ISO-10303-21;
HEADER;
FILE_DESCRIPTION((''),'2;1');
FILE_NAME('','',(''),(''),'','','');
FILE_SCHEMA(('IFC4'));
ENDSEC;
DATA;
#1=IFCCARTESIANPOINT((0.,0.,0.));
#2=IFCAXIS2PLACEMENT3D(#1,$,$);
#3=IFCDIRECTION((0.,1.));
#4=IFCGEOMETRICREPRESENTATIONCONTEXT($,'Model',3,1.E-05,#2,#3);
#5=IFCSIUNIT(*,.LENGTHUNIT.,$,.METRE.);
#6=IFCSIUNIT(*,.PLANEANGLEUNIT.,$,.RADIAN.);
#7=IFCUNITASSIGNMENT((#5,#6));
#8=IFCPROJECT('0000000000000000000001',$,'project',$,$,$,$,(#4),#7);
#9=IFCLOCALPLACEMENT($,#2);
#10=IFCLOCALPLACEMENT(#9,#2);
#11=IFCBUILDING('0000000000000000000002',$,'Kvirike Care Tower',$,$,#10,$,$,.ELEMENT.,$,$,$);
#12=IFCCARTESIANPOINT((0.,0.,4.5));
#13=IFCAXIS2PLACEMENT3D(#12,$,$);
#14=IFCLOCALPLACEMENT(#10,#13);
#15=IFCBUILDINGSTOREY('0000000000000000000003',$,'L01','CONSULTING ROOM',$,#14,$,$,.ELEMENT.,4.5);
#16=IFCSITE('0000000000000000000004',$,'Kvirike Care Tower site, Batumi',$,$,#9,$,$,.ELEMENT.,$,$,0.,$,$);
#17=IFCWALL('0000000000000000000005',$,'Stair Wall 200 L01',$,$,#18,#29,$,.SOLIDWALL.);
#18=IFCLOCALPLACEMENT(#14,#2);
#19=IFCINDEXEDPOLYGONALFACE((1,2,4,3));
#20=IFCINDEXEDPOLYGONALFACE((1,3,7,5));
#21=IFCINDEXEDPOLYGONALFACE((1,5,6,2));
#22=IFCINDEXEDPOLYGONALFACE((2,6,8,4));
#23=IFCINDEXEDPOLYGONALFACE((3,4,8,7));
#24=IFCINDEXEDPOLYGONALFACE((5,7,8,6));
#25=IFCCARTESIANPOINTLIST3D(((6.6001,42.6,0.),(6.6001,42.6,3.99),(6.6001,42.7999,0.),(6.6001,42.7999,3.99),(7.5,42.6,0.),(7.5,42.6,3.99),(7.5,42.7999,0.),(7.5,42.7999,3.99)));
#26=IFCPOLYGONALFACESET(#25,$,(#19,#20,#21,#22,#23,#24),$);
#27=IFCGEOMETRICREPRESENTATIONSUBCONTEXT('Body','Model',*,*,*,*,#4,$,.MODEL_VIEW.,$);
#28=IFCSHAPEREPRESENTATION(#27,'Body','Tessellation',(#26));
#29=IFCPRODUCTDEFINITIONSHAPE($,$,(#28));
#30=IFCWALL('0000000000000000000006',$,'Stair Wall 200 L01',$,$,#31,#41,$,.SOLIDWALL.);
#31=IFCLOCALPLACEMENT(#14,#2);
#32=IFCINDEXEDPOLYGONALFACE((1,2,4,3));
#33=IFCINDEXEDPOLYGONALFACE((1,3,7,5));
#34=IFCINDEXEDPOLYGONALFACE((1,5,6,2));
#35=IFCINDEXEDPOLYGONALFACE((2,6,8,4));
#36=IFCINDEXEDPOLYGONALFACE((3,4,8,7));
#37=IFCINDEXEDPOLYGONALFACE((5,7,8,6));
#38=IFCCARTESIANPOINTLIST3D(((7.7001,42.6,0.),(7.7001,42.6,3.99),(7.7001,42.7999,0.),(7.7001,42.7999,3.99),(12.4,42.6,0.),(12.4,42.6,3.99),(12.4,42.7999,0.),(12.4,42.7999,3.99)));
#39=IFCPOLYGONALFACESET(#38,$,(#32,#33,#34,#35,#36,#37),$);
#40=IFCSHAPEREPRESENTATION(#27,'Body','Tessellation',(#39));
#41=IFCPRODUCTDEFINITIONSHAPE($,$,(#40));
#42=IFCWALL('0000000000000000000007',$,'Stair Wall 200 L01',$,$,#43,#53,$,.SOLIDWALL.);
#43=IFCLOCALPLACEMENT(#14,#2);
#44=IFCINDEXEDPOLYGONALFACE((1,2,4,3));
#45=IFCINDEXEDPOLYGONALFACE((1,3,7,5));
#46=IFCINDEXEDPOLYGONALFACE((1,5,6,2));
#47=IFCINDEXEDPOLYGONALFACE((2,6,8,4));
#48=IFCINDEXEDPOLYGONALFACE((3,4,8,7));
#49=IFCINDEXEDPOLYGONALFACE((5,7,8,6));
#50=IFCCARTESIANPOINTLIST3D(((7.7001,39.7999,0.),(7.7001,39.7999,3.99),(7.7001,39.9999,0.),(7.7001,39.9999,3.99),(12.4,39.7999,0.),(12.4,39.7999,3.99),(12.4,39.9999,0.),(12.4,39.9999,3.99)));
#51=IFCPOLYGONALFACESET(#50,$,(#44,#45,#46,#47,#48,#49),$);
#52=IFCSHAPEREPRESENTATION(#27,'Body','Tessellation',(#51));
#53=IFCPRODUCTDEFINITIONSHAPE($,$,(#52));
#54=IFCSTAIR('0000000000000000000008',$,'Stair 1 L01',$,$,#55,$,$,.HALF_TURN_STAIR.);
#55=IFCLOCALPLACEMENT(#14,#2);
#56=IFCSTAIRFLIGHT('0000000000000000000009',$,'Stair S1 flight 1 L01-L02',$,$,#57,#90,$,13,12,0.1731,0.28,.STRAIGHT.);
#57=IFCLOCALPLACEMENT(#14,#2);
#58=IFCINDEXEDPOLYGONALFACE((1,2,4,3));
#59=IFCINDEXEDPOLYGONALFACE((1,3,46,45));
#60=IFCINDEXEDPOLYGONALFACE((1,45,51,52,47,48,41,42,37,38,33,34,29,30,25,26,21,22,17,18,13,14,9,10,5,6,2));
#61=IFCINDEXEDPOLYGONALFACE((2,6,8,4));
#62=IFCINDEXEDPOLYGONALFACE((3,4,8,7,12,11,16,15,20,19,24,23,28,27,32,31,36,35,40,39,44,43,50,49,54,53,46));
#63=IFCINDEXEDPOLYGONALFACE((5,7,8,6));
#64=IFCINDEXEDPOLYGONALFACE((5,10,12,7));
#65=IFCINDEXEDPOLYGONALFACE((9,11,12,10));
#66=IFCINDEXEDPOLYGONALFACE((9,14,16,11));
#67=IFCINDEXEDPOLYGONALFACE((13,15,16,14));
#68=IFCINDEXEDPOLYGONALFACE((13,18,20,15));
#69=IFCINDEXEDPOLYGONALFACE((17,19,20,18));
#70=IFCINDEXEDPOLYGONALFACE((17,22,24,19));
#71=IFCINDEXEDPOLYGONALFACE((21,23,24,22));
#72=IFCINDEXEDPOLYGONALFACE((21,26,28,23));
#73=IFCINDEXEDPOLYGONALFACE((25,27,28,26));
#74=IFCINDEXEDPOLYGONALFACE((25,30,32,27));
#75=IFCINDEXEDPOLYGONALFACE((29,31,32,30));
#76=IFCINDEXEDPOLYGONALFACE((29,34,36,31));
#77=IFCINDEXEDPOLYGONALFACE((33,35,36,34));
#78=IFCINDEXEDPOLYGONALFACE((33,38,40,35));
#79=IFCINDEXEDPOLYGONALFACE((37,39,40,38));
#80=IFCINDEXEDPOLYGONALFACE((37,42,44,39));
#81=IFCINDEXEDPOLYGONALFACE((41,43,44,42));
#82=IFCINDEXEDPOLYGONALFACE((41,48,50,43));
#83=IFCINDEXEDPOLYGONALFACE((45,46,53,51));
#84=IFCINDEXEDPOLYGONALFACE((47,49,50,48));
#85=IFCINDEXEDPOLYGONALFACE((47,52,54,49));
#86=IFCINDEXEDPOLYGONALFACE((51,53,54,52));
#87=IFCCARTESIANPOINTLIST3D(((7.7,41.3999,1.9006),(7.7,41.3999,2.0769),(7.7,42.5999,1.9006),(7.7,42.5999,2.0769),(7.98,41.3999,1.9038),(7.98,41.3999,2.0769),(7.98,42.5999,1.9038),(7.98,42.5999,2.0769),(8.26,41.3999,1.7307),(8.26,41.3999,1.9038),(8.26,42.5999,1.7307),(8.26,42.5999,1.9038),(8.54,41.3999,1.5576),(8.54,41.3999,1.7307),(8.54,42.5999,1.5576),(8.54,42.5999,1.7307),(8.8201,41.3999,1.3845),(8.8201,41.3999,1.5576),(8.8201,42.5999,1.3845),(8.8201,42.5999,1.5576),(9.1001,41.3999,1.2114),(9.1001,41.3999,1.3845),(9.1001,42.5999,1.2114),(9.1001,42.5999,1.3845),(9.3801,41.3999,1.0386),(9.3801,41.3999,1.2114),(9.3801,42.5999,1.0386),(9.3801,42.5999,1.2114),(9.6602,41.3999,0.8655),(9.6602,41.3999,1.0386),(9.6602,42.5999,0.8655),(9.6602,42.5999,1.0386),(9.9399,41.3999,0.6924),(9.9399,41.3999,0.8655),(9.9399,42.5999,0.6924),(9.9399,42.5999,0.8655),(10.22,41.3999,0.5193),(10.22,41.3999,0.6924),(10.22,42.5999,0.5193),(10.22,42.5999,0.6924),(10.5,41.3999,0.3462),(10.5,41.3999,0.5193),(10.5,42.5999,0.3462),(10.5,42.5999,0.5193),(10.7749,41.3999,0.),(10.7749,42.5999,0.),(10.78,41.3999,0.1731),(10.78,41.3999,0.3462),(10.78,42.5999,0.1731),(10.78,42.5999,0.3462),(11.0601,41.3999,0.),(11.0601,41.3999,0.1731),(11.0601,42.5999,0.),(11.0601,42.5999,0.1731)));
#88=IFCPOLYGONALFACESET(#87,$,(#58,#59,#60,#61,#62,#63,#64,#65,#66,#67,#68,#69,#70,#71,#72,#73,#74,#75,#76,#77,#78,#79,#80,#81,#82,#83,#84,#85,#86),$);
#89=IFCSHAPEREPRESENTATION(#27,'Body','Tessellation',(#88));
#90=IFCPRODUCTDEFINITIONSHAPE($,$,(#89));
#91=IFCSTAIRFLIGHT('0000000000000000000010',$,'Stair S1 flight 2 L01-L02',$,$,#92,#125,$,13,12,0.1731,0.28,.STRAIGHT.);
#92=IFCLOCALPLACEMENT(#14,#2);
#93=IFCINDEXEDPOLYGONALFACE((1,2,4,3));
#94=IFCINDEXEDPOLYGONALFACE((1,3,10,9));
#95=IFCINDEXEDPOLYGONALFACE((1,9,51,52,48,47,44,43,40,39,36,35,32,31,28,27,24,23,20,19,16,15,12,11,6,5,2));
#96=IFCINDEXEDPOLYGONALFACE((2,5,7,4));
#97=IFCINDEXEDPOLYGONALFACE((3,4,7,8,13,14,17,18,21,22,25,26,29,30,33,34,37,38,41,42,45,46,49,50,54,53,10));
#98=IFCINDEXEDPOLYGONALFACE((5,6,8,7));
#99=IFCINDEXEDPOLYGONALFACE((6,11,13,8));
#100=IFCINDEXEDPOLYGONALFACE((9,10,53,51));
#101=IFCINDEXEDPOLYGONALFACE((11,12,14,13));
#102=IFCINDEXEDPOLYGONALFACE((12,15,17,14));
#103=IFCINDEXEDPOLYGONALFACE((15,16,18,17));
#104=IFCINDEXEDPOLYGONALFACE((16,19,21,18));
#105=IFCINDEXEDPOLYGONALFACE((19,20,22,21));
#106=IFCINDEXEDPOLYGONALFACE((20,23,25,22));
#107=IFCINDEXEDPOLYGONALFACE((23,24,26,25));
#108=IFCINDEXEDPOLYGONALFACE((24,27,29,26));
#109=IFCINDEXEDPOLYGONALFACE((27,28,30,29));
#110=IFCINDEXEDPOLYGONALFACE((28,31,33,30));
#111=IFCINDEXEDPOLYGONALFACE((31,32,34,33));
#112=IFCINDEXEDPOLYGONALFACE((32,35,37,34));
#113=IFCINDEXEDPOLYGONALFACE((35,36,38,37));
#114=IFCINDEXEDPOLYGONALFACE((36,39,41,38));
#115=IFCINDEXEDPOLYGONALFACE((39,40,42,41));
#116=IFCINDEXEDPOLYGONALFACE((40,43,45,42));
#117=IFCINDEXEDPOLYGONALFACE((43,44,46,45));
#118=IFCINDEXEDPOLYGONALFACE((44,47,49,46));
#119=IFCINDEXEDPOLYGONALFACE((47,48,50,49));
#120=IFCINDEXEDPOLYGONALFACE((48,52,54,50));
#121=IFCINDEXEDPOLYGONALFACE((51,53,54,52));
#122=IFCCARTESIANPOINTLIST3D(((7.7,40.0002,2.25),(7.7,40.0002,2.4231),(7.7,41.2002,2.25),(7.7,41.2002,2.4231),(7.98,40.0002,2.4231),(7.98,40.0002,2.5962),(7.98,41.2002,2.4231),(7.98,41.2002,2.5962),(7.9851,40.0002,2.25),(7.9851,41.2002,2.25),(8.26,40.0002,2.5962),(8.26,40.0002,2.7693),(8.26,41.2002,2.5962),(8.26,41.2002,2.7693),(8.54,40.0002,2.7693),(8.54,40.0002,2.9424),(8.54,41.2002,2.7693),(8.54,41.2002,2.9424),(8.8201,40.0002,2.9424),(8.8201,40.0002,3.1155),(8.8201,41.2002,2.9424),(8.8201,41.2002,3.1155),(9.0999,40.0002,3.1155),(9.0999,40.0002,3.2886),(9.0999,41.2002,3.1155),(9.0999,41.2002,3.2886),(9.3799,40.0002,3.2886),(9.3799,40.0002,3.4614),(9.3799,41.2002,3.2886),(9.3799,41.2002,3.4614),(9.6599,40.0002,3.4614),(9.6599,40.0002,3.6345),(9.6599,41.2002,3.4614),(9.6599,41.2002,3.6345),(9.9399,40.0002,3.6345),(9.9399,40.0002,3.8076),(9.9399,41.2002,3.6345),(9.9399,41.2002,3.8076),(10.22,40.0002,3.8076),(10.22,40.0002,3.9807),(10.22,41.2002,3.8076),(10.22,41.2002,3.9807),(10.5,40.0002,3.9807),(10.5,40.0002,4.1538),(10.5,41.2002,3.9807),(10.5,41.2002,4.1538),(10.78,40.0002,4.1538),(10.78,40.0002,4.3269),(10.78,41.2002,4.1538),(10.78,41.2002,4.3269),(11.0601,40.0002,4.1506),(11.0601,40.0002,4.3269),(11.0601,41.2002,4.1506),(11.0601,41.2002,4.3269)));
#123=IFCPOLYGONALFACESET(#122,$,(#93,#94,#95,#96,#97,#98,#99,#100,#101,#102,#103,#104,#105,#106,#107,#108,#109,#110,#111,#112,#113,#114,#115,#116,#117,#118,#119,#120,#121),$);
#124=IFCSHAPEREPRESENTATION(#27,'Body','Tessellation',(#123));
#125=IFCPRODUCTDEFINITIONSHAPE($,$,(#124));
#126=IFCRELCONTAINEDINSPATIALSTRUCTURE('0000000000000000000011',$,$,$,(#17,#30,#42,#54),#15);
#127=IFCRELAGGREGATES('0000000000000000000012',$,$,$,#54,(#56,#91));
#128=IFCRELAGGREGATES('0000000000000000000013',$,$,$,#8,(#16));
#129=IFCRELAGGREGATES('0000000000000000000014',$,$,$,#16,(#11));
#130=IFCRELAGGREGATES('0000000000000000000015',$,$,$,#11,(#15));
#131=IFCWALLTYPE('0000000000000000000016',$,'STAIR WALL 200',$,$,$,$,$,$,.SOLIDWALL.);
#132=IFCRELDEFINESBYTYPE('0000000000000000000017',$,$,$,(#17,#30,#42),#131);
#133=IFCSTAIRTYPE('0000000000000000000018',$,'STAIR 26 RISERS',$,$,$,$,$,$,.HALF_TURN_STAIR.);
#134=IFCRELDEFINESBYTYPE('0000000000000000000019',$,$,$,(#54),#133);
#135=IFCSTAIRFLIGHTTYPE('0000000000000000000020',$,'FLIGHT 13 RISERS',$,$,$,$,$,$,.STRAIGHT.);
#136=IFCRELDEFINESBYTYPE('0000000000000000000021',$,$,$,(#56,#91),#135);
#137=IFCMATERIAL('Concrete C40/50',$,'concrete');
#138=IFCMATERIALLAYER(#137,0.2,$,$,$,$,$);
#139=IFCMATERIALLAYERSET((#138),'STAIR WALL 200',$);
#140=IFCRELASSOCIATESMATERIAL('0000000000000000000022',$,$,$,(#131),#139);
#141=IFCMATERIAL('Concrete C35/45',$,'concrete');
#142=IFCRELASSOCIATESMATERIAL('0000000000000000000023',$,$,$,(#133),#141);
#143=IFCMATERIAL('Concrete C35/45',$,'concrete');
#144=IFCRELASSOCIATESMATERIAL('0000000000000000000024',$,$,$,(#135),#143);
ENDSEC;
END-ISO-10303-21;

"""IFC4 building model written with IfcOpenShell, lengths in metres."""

from ifc_helpers import new_model, si_unit, direction, frame, frame_2d, origin, place, context, subcontext, project, spatial, polyline, rectangle, outline, extrude, material, layer, layer_set, type_object, element, aggregate, save


model = new_model("IFC4")

# Units and contexts
model_context = context("Model", 3, precision=1e-05, world=origin(), true_north=direction((0.0, 1.0)))
body_context = subcontext(model_context, "Body", "Model", "MODEL_VIEW")
ifc_project = project(units=[si_unit("LENGTHUNIT", "METRE"), si_unit("PLANEANGLEUNIT", "RADIAN")], contexts=[model_context])

# Site, building, storey
site_placement = place(None, origin())
site = spatial("IfcSite", under=ifc_project, at=site_placement, Name="Kvirike Care Tower site, Batumi", CompositionType="ELEMENT", RefElevation=0.0)
building_placement = place(site_placement, origin())
building = spatial("IfcBuilding", under=site, at=building_placement, Name="Kvirike Care Tower", CompositionType="ELEMENT")
storey_placement = place(building_placement, frame((0.0, 0.0, 4.5)))
storey = spatial("IfcBuildingStorey", under=building, at=storey_placement, Name="L01", Description="CONSULTING ROOM", CompositionType="ELEMENT", Elevation=4.5)

# Walls
ifc_material_1 = material(Name="Concrete C40/50", Category="concrete")
ifc_layer_1 = layer(ifc_material_1, 0.2)
ifc_layer_set_1 = layer_set([ifc_layer_1], Name="STAIR WALL 200")
wall_type_1 = type_object("IfcWallType", Name="STAIR WALL 200", PredefinedType="SOLIDWALL", material=ifc_layer_set_1)
wall_1_placement = place(storey_placement, frame((6.6001, 42.7, 0.0), z_axis=(0.0, 0.0, 1.0), x_axis=(1.0, 0.0, 0.0)))
element("IfcWall", 1, at=wall_1_placement, inside=storey, type_object=wall_type_1, Name="Stair Wall 200 L01", PredefinedType="SOLIDWALL", context=body_context, shape_type="SweptSolid", body=[
    extrude(rectangle(XDim=0.8999, YDim=0.2, at=frame_2d((0.45, 0.0))), origin(), (0.0, 0.0, 1.0), 3.99),
])
for number, where, z_axis, x_axis, name in (
    (2, (7.7, 42.7, 0.0), (0.0, 0.0, 1.0), (1.0, 0.0, 0.0), "Stair Wall 200 L01"),
    (3, (7.7, 39.8999, 0.0), (0.0, 0.0, 1.0), (1.0, 0.0, 0.0), "Stair Wall 200 L01"),
):
    element("IfcWall", number, at=place(storey_placement, frame(where, z_axis=z_axis, x_axis=x_axis)), inside=storey, type_object=wall_type_1, Name=name, PredefinedType="SOLIDWALL", context=body_context, shape_type="SweptSolid", body=[
        extrude(rectangle(XDim=4.7, YDim=0.2, at=frame_2d((2.3501, 0.0))), origin(), (0.0, 0.0, 1.0), 3.99),
    ])

# Stair, stair flights
ifc_material_2 = material(Name="Concrete C35/45", Category="concrete")
stair_type = type_object("IfcStairType", Name="STAIR 26 RISERS", PredefinedType="HALF_TURN_STAIR", material=ifc_material_2)
stair_placement = place(storey_placement, origin())
stair = element("IfcStair", 4, at=stair_placement, inside=storey, type_object=stair_type, Name="Stair 1 L01", PredefinedType="HALF_TURN_STAIR")
ifc_material_3 = material(Name="Concrete C35/45", Category="concrete")
stair_flight_type = type_object("IfcStairFlightType", Name="FLIGHT 13 RISERS", PredefinedType="STRAIGHT", material=ifc_material_3)
stair_flight_1_placement = place(storey_placement, frame((11.0601, 42.0, 0.0), z_axis=(0.0, 0.0, 1.0), x_axis=(-1.0, 0.0, 0.0)))
stair_flight_1 = element("IfcStairFlight", 5, at=stair_flight_1_placement, type_object=stair_flight_type, Name="Stair S1 flight 1 L01-L02", NumberOfRisers=13, NumberOfTreads=12, PredefinedType="STRAIGHT", RiserHeight=0.1731, TreadLength=0.28, context=body_context, shape_type="SweptSolid", body=[
    extrude(outline(polyline([(0.0, 0.0), (0.0, 0.1731), (0.28, 0.1731), (0.28, 0.3462), (0.5601, 0.3462), (0.5601, 0.5193), (0.8401, 0.5193), (0.8401, 0.6924), (1.1201, 0.6924), (1.1201, 0.8655), (1.3999, 0.8655), (1.3999, 1.0386), (1.6799, 1.0386), (1.6799, 1.2114), (1.96, 1.2114), (1.96, 1.3845), (2.24, 1.3845), (2.24, 1.5576), (2.52, 1.5576), (2.52, 1.7307), (2.8, 1.7307), (2.8, 1.9038), (3.0801, 1.9038), (3.0801, 2.0769), (3.3601, 2.0769), (3.3601, 2.25), (3.3601, 1.9006), (0.2852, 0.0), (0.0, 0.0)])), frame((0.0, 0.6001, 0.0), z_axis=(0.0, -1.0, 0.0), x_axis=(1.0, 0.0, 0.0)), (0.0, 0.0, 1.0), 1.2),
])
stair_flight_2_placement = place(storey_placement, frame((7.7, 40.6001, 2.25), z_axis=(0.0, 0.0, 1.0), x_axis=(1.0, 0.0, 0.0)))
stair_flight_2 = element("IfcStairFlight", 6, at=stair_flight_2_placement, type_object=stair_flight_type, Name="Stair S1 flight 2 L01-L02", NumberOfRisers=13, NumberOfTreads=12, PredefinedType="STRAIGHT", RiserHeight=0.1731, TreadLength=0.28, context=body_context, shape_type="SweptSolid", body=[
    extrude(outline(polyline([(0.0, 0.0), (0.0, 0.1731), (0.28, 0.1731), (0.28, 0.3462), (0.5601, 0.3462), (0.5601, 0.5193), (0.8401, 0.5193), (0.8401, 0.6924), (1.1201, 0.6924), (1.1201, 0.8655), (1.3999, 0.8655), (1.3999, 1.0386), (1.6799, 1.0386), (1.6799, 1.2114), (1.96, 1.2114), (1.96, 1.3845), (2.24, 1.3845), (2.24, 1.5576), (2.52, 1.5576), (2.52, 1.7307), (2.8, 1.7307), (2.8, 1.9038), (3.0801, 1.9038), (3.0801, 2.0769), (3.3601, 2.0769), (3.3601, 2.25), (3.3601, 1.9006), (0.2852, 0.0), (0.0, 0.0)])), frame((0.0, 0.6001, 0.0), z_axis=(0.0, -1.0, 0.0), x_axis=(1.0, 0.0, 0.0)), (0.0, 0.0, 1.0), 1.2),
])
aggregate(stair, [stair_flight_1, stair_flight_2])

save(model, "model.ifc")
